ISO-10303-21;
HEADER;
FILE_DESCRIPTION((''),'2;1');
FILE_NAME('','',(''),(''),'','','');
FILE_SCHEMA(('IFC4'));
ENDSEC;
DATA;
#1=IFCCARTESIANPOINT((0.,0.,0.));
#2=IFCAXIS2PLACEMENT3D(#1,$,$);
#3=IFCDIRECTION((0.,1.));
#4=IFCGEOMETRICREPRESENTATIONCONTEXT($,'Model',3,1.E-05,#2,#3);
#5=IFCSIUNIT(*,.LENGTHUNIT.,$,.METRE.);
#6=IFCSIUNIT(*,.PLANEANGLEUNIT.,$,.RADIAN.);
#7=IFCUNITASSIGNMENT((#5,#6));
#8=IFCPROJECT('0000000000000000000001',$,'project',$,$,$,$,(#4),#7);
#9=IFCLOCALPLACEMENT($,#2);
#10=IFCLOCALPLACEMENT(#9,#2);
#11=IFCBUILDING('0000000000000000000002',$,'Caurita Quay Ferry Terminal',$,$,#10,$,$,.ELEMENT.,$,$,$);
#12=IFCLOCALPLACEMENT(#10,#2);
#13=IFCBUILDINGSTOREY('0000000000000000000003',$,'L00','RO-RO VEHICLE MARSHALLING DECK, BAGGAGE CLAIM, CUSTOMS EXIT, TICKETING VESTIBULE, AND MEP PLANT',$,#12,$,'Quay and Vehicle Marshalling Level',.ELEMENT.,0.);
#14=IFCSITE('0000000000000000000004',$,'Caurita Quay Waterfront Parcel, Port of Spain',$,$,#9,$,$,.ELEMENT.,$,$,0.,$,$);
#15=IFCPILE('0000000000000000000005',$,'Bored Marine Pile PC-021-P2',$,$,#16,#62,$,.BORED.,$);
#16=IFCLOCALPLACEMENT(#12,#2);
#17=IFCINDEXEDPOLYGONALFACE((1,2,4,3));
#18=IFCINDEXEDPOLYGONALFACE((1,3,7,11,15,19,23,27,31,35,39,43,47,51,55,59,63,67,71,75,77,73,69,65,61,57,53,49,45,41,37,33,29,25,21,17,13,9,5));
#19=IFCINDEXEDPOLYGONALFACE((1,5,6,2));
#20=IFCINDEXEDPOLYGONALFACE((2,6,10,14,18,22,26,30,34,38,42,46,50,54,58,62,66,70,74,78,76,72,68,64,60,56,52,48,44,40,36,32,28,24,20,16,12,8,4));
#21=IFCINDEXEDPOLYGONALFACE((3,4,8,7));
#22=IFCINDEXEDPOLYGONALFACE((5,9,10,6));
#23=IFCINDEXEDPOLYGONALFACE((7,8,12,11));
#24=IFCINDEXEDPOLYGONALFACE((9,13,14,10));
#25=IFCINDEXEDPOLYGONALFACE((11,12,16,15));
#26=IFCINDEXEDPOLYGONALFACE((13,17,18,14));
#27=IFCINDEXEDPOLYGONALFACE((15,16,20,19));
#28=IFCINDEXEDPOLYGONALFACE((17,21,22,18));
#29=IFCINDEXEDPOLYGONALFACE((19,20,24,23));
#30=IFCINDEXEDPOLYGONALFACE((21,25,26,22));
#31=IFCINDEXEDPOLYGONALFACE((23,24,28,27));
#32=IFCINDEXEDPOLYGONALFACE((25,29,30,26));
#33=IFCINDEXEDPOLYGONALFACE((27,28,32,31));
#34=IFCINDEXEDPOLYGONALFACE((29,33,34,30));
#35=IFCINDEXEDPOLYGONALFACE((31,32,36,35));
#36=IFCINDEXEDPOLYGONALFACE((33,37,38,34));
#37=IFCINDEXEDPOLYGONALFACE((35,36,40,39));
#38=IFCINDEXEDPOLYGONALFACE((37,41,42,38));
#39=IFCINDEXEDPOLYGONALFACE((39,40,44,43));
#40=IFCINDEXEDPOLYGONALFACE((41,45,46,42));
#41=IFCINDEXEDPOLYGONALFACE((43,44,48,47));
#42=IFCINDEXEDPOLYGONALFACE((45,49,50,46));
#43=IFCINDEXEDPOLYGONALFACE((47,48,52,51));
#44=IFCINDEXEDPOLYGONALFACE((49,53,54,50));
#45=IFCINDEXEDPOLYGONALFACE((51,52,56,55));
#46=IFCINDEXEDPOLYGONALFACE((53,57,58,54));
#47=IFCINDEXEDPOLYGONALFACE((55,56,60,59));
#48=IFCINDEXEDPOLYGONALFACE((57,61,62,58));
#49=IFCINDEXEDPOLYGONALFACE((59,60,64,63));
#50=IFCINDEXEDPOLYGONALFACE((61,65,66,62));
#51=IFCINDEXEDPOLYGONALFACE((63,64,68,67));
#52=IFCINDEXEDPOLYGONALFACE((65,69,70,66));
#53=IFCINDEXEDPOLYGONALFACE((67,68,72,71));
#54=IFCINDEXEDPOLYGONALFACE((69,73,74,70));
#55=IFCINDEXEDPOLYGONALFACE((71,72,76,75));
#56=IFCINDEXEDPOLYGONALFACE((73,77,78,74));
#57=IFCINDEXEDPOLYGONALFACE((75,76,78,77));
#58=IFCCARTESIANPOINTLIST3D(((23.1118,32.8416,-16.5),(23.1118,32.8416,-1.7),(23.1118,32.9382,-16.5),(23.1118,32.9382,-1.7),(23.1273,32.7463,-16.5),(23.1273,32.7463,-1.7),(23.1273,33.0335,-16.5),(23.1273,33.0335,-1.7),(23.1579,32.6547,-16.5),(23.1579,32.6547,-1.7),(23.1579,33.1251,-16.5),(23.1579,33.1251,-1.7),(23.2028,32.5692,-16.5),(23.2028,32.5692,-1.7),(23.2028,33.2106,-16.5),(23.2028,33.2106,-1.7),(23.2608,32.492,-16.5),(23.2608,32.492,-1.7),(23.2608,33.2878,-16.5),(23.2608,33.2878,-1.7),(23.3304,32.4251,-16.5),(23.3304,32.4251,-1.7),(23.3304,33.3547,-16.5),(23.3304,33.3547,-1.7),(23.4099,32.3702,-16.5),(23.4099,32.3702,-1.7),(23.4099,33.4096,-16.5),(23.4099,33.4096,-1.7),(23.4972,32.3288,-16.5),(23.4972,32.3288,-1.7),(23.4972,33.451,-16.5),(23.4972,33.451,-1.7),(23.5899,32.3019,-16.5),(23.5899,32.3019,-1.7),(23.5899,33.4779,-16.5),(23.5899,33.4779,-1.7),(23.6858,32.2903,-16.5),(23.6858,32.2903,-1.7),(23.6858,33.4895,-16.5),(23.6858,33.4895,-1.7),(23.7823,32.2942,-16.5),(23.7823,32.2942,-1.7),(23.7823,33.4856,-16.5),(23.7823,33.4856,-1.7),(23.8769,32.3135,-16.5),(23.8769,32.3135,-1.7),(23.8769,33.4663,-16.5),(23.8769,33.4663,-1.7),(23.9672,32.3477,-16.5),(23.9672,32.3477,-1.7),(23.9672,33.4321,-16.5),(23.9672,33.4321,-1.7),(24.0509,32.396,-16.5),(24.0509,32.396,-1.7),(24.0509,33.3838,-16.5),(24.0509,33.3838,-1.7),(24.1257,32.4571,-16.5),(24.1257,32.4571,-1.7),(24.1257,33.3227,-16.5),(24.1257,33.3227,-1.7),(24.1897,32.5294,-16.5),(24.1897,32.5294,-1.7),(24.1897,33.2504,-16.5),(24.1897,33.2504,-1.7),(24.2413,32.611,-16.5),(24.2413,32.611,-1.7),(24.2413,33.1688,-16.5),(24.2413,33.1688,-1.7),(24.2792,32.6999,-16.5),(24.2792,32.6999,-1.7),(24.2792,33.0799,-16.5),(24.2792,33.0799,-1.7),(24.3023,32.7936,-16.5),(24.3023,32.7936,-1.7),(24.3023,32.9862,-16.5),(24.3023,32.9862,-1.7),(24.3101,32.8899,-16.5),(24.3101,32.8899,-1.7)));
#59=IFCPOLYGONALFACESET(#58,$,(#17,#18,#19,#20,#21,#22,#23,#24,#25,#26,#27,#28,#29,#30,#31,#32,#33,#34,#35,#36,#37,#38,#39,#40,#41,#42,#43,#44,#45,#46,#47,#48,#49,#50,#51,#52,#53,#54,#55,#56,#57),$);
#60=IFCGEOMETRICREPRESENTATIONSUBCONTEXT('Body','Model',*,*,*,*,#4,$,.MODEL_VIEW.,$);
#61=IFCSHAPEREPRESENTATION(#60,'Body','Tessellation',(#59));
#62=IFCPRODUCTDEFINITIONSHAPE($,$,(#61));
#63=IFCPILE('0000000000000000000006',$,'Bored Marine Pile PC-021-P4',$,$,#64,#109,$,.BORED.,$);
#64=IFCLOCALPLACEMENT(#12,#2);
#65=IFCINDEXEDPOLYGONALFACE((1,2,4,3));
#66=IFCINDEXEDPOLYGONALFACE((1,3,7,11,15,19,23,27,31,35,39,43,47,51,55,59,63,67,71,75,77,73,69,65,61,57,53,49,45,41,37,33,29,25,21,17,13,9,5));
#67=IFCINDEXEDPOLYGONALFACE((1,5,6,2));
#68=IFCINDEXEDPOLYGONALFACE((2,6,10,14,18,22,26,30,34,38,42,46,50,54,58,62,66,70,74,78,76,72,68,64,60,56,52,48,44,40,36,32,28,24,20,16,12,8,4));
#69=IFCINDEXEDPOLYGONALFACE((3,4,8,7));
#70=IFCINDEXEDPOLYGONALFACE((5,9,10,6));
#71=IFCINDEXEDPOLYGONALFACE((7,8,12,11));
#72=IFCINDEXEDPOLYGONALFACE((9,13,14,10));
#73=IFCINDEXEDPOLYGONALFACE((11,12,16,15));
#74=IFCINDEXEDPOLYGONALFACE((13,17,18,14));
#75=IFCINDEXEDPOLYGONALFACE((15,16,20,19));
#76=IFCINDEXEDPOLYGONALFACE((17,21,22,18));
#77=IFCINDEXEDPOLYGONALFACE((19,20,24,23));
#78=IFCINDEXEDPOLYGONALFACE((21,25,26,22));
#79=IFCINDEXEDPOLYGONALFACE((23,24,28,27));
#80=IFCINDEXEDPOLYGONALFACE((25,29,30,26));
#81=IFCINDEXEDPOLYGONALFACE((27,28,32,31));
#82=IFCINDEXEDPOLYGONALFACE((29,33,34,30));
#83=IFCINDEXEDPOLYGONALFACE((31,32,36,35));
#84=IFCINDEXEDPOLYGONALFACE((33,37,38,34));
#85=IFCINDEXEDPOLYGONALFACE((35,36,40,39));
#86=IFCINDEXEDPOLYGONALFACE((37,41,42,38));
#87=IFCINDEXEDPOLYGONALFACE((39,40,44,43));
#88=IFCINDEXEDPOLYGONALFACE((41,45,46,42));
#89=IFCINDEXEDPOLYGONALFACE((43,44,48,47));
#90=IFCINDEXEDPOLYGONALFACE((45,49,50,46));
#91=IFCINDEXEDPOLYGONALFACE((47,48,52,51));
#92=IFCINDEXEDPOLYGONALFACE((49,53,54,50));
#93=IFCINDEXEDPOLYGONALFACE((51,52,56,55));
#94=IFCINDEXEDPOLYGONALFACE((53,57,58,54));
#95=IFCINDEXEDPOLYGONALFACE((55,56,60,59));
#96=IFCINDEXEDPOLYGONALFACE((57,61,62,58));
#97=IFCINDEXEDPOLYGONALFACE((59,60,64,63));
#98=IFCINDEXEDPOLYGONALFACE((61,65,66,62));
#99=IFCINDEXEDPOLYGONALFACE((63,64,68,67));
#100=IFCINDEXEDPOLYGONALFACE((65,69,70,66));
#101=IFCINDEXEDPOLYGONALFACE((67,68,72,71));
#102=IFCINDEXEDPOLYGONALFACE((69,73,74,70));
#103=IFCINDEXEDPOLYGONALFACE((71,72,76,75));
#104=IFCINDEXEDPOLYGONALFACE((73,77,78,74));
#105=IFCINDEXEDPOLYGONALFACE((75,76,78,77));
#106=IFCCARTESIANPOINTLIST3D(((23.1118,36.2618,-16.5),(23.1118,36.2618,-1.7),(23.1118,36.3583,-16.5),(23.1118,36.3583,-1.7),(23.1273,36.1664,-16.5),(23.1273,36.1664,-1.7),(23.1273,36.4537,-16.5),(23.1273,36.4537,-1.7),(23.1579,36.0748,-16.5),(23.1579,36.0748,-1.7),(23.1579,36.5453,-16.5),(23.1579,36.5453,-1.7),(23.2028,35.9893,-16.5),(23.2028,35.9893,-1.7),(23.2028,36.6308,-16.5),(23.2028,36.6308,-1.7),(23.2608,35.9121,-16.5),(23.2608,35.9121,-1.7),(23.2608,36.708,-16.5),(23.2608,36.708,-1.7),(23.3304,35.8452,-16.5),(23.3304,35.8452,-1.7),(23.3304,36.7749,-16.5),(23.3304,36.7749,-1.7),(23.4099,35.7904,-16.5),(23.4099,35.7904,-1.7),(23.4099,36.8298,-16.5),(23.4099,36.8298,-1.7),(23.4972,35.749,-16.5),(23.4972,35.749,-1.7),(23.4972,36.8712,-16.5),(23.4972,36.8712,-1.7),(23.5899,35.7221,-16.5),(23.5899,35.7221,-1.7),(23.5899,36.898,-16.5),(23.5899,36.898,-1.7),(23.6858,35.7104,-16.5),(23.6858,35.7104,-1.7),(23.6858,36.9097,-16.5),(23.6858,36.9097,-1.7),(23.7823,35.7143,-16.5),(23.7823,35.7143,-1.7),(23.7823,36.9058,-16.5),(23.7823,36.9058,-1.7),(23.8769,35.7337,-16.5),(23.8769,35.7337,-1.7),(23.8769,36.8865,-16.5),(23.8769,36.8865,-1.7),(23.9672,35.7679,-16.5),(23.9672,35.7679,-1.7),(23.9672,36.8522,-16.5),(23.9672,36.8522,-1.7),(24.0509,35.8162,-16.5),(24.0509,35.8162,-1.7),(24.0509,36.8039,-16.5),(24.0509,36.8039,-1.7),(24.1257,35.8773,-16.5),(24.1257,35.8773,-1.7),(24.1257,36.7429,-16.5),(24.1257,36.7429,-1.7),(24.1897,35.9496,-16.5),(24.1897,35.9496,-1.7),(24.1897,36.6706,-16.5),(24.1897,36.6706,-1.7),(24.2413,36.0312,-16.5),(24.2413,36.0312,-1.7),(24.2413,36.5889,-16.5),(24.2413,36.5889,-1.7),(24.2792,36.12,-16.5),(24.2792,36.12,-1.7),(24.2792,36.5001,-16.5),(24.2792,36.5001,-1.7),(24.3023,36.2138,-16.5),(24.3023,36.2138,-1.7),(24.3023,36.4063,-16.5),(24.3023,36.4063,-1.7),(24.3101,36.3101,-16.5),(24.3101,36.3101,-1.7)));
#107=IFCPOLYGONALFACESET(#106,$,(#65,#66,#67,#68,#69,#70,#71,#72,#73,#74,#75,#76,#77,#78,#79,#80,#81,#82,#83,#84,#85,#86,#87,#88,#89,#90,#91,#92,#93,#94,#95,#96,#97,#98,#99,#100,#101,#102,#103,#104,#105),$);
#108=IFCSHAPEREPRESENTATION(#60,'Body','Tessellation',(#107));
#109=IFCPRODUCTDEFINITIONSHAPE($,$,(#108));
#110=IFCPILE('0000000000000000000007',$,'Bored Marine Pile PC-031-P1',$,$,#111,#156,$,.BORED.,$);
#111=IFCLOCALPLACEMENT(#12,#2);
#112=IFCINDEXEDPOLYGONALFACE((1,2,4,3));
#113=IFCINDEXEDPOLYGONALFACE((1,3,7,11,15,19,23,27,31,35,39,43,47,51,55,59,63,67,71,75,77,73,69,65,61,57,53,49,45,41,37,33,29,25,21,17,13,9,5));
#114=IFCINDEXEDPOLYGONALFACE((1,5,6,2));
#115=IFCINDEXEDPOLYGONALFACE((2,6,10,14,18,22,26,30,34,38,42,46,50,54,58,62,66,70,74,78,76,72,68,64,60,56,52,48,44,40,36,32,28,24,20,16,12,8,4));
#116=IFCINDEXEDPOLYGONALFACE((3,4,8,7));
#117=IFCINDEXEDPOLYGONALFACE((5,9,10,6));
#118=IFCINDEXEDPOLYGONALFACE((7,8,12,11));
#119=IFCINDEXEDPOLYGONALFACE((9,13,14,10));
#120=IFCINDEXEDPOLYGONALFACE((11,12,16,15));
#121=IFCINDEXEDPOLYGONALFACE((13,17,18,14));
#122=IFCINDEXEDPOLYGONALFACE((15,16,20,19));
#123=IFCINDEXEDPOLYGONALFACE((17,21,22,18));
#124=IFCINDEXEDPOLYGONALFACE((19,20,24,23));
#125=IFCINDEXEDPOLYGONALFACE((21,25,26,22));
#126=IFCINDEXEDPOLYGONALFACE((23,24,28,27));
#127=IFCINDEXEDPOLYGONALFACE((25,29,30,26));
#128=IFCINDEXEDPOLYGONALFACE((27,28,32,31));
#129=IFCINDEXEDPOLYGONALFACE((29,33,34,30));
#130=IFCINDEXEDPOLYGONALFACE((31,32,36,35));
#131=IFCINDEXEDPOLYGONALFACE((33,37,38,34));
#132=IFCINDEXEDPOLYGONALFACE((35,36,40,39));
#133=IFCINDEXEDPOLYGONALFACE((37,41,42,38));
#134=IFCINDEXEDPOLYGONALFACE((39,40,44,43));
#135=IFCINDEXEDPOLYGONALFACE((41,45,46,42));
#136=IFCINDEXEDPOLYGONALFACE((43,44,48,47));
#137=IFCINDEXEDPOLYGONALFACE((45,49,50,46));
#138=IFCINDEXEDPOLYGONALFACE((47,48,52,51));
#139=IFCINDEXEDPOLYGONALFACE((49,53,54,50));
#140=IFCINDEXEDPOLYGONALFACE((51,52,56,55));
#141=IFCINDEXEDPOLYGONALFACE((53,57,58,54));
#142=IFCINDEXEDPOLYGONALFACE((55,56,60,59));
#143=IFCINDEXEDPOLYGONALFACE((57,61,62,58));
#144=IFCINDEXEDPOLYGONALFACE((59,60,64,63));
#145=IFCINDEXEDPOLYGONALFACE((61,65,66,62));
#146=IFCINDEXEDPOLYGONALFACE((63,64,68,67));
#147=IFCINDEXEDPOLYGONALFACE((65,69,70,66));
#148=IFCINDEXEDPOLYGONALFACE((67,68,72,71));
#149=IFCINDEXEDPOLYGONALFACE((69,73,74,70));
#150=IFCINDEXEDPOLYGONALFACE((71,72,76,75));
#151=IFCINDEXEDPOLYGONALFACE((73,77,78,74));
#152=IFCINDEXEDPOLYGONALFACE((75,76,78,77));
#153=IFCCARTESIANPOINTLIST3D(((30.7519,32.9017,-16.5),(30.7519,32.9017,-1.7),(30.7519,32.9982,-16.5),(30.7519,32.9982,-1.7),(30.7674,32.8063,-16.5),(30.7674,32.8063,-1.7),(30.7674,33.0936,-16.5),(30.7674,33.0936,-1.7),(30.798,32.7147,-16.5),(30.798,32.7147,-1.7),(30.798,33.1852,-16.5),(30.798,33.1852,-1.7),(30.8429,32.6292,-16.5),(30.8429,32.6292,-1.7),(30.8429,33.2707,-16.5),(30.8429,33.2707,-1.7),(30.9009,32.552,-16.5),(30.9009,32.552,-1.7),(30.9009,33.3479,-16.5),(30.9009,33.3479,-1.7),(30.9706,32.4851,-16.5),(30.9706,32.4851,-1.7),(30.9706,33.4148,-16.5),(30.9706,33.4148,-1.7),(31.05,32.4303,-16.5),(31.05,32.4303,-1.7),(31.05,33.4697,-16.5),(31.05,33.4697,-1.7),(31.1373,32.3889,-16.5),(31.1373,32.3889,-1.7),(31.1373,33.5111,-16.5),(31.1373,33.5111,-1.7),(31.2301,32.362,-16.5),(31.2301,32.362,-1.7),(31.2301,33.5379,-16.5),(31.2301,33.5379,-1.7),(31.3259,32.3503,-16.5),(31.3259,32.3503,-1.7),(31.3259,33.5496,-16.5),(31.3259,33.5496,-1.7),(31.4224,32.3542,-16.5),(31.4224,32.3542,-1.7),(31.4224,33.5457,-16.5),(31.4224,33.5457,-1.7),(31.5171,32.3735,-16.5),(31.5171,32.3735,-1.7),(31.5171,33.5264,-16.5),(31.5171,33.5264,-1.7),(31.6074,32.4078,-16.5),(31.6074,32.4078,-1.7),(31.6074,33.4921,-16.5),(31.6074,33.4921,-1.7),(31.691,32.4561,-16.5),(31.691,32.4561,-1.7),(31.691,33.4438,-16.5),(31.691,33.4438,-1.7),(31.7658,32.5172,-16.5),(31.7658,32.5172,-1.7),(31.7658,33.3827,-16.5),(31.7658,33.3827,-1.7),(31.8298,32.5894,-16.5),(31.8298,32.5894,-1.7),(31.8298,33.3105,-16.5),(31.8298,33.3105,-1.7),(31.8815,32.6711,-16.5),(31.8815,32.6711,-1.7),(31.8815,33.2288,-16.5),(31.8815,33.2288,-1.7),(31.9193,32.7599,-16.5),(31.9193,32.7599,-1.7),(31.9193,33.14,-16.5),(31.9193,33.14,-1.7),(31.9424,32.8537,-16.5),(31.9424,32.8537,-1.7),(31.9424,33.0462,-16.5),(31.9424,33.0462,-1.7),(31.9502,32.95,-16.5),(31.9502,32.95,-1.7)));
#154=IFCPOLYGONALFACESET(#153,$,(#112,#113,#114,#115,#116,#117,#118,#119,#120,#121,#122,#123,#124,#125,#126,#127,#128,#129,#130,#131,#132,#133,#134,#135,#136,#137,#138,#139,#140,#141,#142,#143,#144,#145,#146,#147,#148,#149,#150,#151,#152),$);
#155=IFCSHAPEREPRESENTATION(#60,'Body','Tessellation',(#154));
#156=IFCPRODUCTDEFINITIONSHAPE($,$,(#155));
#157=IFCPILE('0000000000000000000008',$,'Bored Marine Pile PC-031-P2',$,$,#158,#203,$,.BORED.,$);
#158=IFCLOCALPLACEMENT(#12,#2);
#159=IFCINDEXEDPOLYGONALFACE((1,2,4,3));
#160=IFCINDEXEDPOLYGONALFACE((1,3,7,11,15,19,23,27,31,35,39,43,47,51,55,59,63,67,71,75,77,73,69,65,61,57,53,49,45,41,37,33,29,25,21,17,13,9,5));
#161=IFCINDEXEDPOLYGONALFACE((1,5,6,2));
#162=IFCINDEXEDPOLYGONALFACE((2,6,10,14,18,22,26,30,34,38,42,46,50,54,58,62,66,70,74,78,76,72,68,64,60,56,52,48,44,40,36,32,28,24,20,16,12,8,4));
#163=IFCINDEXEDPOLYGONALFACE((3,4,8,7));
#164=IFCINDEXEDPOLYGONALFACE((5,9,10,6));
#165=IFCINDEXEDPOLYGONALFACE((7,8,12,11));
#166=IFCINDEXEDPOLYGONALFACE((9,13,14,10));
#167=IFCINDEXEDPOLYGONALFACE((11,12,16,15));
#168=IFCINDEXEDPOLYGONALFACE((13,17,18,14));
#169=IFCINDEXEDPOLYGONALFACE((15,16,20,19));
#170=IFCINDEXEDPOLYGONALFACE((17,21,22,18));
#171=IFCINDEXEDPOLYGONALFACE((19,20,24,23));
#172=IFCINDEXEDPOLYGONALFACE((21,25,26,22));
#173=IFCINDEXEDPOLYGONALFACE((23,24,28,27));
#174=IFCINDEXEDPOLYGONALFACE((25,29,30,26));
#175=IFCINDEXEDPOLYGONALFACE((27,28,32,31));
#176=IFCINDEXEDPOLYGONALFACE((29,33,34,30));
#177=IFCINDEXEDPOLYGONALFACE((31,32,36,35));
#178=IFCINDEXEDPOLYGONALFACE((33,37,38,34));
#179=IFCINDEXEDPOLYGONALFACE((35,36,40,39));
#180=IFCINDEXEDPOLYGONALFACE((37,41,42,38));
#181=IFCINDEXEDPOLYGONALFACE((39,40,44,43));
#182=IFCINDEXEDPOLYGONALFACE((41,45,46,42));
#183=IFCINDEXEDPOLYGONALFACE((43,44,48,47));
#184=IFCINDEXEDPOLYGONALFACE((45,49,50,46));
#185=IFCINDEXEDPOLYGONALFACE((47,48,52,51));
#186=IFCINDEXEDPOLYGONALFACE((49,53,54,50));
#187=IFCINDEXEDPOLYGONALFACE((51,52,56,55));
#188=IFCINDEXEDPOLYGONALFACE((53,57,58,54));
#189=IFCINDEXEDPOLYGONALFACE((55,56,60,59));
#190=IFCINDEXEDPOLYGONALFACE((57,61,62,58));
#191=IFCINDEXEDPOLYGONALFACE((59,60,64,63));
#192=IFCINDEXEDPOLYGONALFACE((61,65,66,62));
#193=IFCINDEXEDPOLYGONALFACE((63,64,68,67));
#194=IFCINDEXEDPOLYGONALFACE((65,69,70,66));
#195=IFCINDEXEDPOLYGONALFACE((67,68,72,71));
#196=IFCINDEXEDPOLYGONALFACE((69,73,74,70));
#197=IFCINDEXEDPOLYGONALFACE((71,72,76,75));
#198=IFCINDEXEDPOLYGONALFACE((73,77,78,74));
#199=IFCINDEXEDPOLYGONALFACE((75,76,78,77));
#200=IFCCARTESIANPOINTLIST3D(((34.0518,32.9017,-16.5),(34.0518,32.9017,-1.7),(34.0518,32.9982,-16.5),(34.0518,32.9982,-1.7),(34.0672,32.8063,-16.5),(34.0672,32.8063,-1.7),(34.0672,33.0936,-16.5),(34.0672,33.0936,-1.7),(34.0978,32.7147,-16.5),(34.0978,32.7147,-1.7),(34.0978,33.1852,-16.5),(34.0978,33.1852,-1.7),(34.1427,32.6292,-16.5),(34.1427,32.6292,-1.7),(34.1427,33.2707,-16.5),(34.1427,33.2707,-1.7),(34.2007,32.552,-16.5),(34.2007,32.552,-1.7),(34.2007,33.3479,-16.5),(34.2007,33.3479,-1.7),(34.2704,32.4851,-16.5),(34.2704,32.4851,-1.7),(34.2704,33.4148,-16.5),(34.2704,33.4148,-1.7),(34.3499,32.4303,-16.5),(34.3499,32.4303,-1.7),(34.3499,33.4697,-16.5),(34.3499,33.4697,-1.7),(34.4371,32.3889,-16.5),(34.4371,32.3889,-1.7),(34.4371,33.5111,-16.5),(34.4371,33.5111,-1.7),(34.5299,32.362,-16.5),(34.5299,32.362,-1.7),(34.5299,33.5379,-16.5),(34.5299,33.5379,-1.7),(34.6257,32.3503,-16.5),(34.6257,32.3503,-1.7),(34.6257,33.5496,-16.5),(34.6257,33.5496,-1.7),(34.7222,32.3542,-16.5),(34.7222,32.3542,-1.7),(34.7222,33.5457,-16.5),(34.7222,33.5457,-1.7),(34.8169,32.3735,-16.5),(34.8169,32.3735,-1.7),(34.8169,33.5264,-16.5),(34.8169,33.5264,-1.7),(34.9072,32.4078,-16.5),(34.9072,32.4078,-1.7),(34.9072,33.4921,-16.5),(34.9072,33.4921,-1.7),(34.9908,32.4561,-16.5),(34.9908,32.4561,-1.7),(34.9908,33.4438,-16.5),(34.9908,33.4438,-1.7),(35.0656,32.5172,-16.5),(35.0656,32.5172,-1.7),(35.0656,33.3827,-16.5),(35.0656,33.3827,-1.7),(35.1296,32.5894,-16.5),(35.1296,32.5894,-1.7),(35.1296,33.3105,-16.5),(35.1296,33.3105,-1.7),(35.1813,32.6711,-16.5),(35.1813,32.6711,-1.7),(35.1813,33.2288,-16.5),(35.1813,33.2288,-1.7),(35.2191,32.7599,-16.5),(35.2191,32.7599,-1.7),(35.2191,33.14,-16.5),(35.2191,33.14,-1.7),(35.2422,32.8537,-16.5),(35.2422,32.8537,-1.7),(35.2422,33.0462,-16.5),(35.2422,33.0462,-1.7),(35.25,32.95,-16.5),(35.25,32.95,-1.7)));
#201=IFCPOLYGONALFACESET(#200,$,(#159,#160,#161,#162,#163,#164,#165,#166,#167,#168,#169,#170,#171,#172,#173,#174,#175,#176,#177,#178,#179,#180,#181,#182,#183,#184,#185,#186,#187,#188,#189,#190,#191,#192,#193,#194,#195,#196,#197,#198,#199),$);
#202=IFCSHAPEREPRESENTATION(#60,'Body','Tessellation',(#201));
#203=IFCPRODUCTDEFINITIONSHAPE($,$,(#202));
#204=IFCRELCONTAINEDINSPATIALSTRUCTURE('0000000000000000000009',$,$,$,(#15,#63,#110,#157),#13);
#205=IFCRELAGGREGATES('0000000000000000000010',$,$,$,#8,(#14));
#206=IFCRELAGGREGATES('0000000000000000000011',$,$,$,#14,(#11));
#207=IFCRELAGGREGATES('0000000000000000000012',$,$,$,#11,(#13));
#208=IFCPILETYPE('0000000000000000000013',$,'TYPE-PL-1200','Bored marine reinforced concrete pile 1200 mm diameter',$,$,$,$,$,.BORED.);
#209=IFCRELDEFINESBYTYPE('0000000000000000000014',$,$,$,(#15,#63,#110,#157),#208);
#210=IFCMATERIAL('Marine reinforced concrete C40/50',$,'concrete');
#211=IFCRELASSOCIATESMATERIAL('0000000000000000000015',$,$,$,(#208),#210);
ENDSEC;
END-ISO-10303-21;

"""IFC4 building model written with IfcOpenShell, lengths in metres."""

from ifc_helpers import new_model, si_unit, direction, frame, origin, origin_2d, place, context, subcontext, project, spatial, circle, extrude, material, material_profile, profile_set, type_object, element, save


model = new_model("IFC4")

# Units and contexts
model_context = context("Model", 3, precision=1e-05, world=origin(), true_north=direction((0.0, 1.0)))
body_context = subcontext(model_context, "Body", "Model", "MODEL_VIEW")
ifc_project = project(units=[si_unit("LENGTHUNIT", "METRE"), si_unit("PLANEANGLEUNIT", "RADIAN")], contexts=[model_context])

# Site, building, storey
site_placement = place(None, origin())
site = spatial("IfcSite", under=ifc_project, at=site_placement, Name="Caurita Quay Waterfront Parcel, Port of Spain", CompositionType="ELEMENT", RefElevation=0.0)
building_placement = place(site_placement, origin())
building = spatial("IfcBuilding", under=site, at=building_placement, Name="Caurita Quay Ferry Terminal", CompositionType="ELEMENT")
storey_placement = place(building_placement, origin())
storey = spatial("IfcBuildingStorey", under=building, at=storey_placement, Name="L00", Description="RO-RO VEHICLE MARSHALLING DECK, BAGGAGE CLAIM, CUSTOMS EXIT, TICKETING VESTIBULE, AND MEP PLANT", LongName="Quay and Vehicle Marshalling Level", CompositionType="ELEMENT", Elevation=0.0)

# Piles
ifc_material_1 = material(Name="Marine reinforced concrete C40/50", Category="concrete")
ifc_material_profile_1 = material_profile(ifc_material_1, circle(Radius=0.6001, at=origin_2d()), Name="PILE-D1200")
ifc_profile_set_1 = profile_set([ifc_material_profile_1], Name="Marine reinforced concrete C40/50")
pile_type_1 = type_object("IfcPileType", Name="TYPE-PL-1200", Description="Bored marine reinforced concrete pile 1200 mm diameter", PredefinedType="BORED", material=ifc_profile_set_1)
for number, where, z_axis, x_axis, name in (
    (1, (23.71, 32.8899, -1.7), (0.0, 0.0, -1.0), (1.0, 0.0, 0.0), "Bored Marine Pile PC-021-P2"),
    (2, (23.71, 36.3101, -1.7), (0.0, 0.0, -1.0), (1.0, 0.0, 0.0), "Bored Marine Pile PC-021-P4"),
    (3, (31.3501, 32.95, -1.7), (0.0, 0.0, -1.0), (1.0, 0.0, 0.0), "Bored Marine Pile PC-031-P1"),
    (4, (34.6499, 32.95, -1.7), (0.0, 0.0, -1.0), (1.0, 0.0, 0.0), "Bored Marine Pile PC-031-P2"),
):
    element("IfcPile", number, at=place(storey_placement, frame(where, z_axis=z_axis, x_axis=x_axis)), inside=storey, type_object=pile_type_1, Name=name, PredefinedType="BORED", context=body_context, shape_type="SweptSolid", body=[
        extrude(circle(Radius=0.6001, at=origin_2d()), origin(), (0.0, 0.0, 1.0), 14.8),
    ])

save(model, "model.ifc")
